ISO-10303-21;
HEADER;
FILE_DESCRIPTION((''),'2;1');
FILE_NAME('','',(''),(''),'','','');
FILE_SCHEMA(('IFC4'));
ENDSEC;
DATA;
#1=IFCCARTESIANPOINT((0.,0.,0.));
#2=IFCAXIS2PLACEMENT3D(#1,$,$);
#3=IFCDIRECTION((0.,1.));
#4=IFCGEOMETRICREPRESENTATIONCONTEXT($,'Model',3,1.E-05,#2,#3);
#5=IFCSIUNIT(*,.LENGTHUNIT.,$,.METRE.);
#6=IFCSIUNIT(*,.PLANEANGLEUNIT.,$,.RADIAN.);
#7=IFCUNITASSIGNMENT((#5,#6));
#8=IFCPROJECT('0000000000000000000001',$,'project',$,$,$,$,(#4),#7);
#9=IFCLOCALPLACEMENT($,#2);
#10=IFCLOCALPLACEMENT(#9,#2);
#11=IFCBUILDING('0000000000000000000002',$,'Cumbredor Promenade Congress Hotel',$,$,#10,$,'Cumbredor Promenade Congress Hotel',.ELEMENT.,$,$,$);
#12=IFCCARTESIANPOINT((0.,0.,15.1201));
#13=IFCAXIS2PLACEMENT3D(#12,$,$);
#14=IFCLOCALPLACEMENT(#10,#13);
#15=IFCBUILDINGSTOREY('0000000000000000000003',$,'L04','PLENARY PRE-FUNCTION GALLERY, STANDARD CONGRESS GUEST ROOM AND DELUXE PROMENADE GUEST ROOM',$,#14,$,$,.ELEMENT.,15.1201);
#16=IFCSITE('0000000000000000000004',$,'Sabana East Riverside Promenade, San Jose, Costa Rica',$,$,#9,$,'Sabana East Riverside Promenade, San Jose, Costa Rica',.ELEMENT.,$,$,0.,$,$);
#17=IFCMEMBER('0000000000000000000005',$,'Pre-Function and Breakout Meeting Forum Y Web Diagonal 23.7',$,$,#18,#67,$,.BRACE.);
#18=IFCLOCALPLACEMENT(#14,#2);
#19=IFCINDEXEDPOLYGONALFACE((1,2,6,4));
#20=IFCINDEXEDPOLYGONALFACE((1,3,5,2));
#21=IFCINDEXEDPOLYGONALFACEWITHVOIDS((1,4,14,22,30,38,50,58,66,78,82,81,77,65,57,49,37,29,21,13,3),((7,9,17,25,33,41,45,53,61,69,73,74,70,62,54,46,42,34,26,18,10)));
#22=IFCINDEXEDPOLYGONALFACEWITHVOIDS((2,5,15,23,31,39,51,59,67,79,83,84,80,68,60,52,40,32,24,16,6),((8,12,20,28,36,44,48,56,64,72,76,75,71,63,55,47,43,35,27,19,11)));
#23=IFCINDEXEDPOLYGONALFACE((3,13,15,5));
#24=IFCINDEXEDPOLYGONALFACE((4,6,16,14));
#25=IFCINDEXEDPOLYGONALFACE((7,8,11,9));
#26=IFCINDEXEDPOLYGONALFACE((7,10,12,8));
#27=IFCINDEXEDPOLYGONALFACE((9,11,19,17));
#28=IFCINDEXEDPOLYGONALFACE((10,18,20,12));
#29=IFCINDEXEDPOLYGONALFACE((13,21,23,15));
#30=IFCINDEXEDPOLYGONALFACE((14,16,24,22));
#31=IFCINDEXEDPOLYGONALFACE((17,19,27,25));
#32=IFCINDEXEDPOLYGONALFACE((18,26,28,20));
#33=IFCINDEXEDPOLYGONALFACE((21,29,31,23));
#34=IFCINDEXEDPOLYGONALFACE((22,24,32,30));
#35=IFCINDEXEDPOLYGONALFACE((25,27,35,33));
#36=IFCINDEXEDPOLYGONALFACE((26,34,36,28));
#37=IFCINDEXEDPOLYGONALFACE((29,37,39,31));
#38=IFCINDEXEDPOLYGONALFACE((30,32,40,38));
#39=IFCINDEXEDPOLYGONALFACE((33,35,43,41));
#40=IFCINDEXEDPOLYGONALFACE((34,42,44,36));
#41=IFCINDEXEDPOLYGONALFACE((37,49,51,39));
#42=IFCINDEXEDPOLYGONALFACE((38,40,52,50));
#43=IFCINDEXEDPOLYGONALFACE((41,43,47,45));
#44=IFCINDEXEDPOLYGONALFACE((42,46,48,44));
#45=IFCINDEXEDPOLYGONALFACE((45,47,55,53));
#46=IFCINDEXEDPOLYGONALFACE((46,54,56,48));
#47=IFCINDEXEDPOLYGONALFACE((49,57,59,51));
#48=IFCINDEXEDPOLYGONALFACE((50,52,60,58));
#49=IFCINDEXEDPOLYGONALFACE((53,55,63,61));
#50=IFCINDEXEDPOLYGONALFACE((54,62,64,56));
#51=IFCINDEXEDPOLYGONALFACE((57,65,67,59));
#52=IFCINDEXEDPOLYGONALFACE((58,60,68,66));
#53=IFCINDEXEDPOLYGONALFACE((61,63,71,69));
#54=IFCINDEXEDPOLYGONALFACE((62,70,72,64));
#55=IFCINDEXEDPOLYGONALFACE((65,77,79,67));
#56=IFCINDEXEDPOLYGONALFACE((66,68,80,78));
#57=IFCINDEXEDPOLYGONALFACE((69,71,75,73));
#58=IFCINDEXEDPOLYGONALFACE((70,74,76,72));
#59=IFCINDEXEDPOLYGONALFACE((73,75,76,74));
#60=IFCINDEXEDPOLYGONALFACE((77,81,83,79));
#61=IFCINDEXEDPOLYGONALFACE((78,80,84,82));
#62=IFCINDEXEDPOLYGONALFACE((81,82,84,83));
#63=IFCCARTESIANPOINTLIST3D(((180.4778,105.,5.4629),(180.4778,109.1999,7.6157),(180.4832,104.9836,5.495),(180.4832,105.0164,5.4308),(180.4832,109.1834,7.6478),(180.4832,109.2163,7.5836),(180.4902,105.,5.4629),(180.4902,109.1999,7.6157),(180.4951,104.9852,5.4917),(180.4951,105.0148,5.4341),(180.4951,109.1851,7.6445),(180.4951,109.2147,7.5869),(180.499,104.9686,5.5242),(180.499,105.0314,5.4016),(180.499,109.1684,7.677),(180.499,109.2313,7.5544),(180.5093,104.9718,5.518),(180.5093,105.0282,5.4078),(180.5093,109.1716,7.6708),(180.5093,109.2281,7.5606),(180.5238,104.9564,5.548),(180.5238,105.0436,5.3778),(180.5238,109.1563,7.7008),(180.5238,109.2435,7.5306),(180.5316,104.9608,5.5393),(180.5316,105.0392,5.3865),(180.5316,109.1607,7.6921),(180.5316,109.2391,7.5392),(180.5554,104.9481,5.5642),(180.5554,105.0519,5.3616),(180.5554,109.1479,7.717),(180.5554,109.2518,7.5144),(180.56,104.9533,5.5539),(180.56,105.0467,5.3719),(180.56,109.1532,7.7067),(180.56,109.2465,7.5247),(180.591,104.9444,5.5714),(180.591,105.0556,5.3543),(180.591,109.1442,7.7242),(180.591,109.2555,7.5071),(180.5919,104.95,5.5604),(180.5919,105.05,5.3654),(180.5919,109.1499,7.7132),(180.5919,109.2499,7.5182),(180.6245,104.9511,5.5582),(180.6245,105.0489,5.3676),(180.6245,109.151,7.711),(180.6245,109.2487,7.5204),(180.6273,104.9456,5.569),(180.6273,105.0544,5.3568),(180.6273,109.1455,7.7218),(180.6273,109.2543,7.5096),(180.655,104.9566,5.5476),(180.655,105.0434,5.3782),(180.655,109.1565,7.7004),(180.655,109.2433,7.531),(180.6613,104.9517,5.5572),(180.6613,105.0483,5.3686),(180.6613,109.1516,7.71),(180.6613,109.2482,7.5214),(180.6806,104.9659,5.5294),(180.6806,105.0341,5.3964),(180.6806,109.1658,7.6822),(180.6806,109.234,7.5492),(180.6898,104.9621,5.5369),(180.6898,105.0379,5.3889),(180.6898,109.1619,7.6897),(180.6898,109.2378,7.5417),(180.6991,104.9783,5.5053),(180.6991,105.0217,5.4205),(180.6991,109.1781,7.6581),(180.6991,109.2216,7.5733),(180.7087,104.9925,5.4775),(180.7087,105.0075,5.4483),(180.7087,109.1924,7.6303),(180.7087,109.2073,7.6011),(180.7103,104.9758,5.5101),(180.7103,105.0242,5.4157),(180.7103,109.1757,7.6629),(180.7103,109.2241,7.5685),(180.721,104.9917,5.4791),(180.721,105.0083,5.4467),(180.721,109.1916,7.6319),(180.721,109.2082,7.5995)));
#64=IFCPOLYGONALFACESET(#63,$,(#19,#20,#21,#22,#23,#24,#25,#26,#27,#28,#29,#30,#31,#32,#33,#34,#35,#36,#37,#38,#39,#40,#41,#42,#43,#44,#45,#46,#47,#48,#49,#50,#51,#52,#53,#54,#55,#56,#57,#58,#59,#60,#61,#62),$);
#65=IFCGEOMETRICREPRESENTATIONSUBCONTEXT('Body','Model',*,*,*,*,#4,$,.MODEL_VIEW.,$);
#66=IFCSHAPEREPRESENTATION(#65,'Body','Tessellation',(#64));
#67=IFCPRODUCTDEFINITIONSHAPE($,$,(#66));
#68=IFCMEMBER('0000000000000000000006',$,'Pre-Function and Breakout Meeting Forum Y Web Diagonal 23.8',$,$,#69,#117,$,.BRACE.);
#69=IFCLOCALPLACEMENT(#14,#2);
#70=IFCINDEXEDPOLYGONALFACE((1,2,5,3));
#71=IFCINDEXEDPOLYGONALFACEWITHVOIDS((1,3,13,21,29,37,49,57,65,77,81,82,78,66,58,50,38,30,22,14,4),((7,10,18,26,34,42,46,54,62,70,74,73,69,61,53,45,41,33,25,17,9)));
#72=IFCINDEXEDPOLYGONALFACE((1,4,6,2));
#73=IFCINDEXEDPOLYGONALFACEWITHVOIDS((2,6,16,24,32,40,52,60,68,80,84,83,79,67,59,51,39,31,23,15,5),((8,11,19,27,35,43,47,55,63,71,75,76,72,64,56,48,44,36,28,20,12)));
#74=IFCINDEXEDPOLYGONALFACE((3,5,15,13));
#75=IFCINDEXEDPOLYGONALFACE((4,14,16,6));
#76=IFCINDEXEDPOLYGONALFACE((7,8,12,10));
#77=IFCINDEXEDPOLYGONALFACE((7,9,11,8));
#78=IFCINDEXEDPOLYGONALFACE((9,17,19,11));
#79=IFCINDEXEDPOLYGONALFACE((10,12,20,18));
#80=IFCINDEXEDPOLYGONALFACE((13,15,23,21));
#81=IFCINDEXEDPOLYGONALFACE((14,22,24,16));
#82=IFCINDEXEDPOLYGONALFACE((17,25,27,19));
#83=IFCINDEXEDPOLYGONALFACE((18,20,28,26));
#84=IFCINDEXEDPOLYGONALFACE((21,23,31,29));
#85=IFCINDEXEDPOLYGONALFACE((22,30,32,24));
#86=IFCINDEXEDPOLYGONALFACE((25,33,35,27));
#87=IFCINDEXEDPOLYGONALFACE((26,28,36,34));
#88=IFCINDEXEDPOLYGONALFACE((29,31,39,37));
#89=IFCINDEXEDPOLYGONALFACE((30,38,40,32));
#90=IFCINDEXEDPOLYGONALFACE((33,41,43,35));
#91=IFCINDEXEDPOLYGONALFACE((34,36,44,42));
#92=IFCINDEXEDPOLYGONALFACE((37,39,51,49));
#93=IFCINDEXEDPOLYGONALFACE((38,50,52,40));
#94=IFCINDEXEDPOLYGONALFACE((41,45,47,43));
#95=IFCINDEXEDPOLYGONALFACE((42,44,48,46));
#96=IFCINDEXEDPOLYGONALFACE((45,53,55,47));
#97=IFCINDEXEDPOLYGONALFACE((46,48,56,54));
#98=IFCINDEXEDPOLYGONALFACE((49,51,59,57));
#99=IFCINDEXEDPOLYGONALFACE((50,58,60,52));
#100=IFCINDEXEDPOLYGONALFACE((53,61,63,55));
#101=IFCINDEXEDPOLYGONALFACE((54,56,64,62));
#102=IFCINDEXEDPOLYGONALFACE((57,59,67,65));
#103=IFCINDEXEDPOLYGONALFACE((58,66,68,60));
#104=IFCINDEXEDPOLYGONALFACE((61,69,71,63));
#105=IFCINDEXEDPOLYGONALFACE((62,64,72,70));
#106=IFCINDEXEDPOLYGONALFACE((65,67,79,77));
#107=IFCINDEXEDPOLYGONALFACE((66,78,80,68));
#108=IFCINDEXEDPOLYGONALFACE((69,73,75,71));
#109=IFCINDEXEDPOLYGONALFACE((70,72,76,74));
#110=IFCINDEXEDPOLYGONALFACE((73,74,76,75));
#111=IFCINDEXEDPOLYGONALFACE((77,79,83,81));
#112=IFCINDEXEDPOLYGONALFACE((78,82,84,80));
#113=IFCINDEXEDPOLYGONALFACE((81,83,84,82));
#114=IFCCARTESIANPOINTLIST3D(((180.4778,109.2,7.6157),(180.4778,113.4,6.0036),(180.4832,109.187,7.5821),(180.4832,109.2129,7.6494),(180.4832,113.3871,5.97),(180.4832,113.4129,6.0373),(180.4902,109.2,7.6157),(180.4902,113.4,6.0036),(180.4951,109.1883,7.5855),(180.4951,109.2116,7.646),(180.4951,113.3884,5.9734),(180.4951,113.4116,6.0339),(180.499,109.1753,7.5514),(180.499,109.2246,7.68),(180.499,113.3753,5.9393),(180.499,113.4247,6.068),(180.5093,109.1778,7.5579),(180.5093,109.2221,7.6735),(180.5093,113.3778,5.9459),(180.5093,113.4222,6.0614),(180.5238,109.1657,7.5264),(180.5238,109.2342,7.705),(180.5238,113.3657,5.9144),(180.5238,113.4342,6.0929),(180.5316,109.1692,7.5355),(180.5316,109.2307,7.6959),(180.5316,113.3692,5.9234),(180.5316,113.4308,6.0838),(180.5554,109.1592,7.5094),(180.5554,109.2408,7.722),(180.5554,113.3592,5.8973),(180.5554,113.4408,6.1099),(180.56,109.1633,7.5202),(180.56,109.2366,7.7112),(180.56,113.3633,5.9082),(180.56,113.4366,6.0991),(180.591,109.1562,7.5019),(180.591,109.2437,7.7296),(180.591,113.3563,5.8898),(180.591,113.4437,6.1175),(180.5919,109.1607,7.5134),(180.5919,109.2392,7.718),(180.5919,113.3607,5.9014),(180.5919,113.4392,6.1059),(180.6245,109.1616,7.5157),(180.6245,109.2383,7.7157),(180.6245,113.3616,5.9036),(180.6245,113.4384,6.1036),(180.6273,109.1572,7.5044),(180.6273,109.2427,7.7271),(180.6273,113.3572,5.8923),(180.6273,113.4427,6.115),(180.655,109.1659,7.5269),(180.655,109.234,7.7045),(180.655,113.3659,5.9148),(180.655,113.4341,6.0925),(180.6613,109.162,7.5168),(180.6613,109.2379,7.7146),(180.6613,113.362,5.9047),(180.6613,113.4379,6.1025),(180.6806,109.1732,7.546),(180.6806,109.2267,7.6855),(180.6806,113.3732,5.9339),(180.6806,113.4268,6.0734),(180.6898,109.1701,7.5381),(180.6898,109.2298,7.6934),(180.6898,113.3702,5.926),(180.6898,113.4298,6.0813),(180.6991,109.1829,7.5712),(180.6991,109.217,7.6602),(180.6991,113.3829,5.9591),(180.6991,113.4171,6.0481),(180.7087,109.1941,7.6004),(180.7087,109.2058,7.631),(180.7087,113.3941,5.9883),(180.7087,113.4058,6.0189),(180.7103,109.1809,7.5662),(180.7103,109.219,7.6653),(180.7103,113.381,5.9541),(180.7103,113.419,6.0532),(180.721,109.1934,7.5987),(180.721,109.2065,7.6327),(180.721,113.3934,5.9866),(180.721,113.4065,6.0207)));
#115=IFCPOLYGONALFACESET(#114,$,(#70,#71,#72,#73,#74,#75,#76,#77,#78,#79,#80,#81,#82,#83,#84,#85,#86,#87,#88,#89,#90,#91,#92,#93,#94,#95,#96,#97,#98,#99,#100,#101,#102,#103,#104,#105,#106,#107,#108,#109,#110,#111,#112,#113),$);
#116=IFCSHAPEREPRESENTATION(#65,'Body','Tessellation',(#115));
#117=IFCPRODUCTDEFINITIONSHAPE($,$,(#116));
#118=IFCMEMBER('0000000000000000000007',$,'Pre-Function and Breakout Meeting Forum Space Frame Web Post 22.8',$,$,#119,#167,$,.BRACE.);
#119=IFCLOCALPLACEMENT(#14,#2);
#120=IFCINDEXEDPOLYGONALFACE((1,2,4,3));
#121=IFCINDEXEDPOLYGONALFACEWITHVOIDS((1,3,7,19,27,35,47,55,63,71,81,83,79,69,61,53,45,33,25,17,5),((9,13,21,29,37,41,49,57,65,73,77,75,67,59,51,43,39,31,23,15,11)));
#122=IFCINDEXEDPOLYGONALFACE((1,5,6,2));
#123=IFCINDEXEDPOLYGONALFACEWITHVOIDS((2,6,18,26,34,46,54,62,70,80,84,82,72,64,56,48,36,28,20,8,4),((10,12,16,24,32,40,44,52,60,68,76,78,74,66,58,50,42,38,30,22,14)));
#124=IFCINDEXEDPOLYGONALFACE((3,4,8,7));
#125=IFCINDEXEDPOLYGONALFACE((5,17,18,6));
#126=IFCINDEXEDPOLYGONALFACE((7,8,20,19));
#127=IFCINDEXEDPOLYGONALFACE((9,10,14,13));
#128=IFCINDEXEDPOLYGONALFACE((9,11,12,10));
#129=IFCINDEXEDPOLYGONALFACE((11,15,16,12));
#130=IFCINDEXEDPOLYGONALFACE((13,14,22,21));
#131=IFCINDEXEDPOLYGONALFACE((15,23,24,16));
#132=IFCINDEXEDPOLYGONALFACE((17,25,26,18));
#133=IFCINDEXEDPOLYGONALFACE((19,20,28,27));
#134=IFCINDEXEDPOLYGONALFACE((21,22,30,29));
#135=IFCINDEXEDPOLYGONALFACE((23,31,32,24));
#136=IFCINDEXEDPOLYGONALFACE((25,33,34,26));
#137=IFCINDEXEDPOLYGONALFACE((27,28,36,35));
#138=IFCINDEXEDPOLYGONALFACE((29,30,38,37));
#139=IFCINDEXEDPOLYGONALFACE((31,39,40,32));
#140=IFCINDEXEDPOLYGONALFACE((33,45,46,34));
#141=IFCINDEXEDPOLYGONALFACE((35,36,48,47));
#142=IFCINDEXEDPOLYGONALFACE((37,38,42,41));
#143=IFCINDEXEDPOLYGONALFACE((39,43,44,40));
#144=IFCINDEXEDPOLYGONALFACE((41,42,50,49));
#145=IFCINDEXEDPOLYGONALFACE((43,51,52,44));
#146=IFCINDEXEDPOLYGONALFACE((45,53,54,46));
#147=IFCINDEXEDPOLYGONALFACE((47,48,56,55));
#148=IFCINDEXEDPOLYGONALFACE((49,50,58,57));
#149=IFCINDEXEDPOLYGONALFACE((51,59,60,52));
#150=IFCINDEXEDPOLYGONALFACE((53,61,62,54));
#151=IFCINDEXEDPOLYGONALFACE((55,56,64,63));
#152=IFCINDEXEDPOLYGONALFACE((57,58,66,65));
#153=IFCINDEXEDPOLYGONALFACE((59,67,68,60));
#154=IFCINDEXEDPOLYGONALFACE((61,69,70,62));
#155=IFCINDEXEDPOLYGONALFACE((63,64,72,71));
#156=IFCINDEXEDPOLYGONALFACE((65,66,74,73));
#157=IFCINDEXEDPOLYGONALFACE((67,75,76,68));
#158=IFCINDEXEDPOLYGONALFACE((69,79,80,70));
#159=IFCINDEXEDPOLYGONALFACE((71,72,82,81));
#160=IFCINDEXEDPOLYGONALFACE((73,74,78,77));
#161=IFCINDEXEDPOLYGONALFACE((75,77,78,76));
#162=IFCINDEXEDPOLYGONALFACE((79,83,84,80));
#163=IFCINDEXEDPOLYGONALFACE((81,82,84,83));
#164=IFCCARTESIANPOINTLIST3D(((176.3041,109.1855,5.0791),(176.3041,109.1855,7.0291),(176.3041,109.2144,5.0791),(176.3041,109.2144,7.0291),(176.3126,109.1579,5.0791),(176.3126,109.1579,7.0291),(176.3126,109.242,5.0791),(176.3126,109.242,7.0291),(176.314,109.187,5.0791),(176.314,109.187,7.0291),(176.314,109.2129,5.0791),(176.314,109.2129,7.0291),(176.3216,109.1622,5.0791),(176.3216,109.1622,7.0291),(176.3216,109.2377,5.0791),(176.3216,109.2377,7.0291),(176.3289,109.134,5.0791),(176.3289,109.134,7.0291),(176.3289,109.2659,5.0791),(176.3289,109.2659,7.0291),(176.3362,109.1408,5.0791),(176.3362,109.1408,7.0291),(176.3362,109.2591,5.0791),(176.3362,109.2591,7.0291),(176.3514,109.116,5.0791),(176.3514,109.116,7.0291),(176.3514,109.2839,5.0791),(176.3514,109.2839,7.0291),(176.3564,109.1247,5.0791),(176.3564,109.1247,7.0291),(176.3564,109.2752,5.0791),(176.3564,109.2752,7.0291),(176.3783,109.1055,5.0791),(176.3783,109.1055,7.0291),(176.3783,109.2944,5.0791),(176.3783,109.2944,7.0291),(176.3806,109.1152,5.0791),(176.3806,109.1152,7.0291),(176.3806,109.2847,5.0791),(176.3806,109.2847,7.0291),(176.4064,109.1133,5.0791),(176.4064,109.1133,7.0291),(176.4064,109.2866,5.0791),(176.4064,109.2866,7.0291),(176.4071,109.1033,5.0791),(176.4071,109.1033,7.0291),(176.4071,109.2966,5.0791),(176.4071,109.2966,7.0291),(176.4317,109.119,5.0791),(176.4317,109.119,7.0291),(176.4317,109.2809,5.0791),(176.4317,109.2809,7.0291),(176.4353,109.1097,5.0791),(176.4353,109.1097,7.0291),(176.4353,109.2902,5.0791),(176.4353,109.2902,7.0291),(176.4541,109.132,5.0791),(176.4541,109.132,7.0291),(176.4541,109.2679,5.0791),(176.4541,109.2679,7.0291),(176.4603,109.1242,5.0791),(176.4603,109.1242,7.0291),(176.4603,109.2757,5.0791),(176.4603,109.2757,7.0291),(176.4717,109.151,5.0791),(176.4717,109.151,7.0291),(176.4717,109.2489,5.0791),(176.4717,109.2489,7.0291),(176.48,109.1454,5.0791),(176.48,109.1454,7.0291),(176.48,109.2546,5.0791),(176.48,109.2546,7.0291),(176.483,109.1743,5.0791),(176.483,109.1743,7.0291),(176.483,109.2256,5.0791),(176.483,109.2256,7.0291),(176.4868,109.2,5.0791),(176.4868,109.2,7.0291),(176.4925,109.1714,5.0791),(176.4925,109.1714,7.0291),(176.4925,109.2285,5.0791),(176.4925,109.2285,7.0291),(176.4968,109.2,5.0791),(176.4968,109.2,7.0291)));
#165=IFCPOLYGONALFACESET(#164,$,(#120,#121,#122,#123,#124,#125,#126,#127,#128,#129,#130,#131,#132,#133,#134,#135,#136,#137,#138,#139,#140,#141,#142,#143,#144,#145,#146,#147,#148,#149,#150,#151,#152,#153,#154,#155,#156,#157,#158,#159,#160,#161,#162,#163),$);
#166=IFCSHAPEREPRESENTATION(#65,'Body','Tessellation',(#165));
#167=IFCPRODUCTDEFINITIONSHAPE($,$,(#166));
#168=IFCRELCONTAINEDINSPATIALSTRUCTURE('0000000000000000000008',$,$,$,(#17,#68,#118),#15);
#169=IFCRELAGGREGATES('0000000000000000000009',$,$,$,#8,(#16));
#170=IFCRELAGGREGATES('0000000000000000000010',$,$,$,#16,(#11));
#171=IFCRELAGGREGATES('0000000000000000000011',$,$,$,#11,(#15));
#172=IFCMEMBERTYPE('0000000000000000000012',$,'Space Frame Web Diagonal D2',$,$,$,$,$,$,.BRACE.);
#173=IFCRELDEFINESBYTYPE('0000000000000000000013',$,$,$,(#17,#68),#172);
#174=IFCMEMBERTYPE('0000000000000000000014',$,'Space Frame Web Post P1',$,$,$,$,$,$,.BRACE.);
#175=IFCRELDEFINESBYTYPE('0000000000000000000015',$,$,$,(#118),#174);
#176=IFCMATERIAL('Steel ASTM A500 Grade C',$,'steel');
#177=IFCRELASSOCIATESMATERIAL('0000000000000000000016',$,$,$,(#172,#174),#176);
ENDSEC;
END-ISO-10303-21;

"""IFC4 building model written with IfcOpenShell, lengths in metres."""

from ifc_helpers import new_model, si_unit, direction, frame, origin, origin_2d, place, context, subcontext, project, spatial, hollow_circle, extrude, material, material_profile, profile_set, type_object, element, save


model = new_model("IFC4")

# Units and contexts
model_context = context("Model", 3, precision=1e-05, world=origin(), true_north=direction((0.0, 1.0)))
body_context = subcontext(model_context, "Body", "Model", "MODEL_VIEW")
ifc_project = project(units=[si_unit("LENGTHUNIT", "METRE"), si_unit("PLANEANGLEUNIT", "RADIAN")], contexts=[model_context])

# Site, building, storey
site_placement = place(None, origin())
site = spatial("IfcSite", under=ifc_project, at=site_placement, Name="Sabana East Riverside Promenade, San Jose, Costa Rica", LongName="Sabana East Riverside Promenade, San Jose, Costa Rica", CompositionType="ELEMENT", RefElevation=0.0)
building_placement = place(site_placement, origin())
building = spatial("IfcBuilding", under=site, at=building_placement, Name="Cumbredor Promenade Congress Hotel", LongName="Cumbredor Promenade Congress Hotel", CompositionType="ELEMENT")
storey_placement = place(building_placement, frame((0.0, 0.0, 15.1201)))
storey = spatial("IfcBuildingStorey", under=building, at=storey_placement, Name="L04", Description="PLENARY PRE-FUNCTION GALLERY, STANDARD CONGRESS GUEST ROOM AND DELUXE PROMENADE GUEST ROOM", CompositionType="ELEMENT", Elevation=15.1201)

# Members
ifc_material_1 = material(Name="Steel ASTM A500 Grade C", Category="steel")
ifc_material_profile_1 = material_profile(ifc_material_1, hollow_circle(Radius=0.1223, WallThickness=0.0125, at=origin_2d()), Name="CHS 244.5x12.5")
ifc_profile_set_1 = profile_set([ifc_material_profile_1], Name="Steel ASTM A500 Grade C")
member_type_1 = type_object("IfcMemberType", Name="Space Frame Web Diagonal D2", PredefinedType="BRACE", material=ifc_profile_set_1)
member_1_placement = place(storey_placement, frame((180.6001, 105.0, 5.4629), z_axis=(0.0, 0.889903, 0.456151), x_axis=(-1.0, 0.0, 0.0)))
element("IfcMember", 1, at=member_1_placement, inside=storey, type_object=member_type_1, Name="Pre-Function and Breakout Meeting Forum Y Web Diagonal 23.7", PredefinedType="BRACE", context=body_context, shape_type="SweptSolid", body=[
    extrude(hollow_circle(Radius=0.1223, WallThickness=0.0125, at=origin_2d()), origin(), (0.0, 0.0, 1.0), 4.7195),
])
member_2_placement = place(storey_placement, frame((180.6001, 109.2, 7.6157), z_axis=(0.0, 0.933592, -0.358339), x_axis=(-1.0, 0.0, 0.0)))
element("IfcMember", 2, at=member_2_placement, inside=storey, type_object=member_type_1, Name="Pre-Function and Breakout Meeting Forum Y Web Diagonal 23.8", PredefinedType="BRACE", context=body_context, shape_type="SweptSolid", body=[
    extrude(hollow_circle(Radius=0.1223, WallThickness=0.0125, at=origin_2d()), origin(), (0.0, 0.0, 1.0), 4.4988),
])
ifc_material_profile_2 = material_profile(ifc_material_1, hollow_circle(Radius=0.0969, WallThickness=0.01, at=origin_2d()), Name="CHS 193.7x10")
ifc_profile_set_2 = profile_set([ifc_material_profile_2], Name="Steel ASTM A500 Grade C")
member_type_2 = type_object("IfcMemberType", Name="Space Frame Web Post P1", PredefinedType="BRACE", material=ifc_profile_set_2)
for number, where, z_axis, x_axis, name in (
    (3, (176.3999, 109.2, 5.0791), (0.0, 0.0, 1.0), (1.0, 0.0, 0.0), "Pre-Function and Breakout Meeting Forum Space Frame Web Post 22.8"),
):
    element("IfcMember", number, at=place(storey_placement, frame(where, z_axis=z_axis, x_axis=x_axis)), inside=storey, type_object=member_type_2, Name=name, PredefinedType="BRACE", context=body_context, shape_type="SweptSolid", body=[
        extrude(hollow_circle(Radius=0.0969, WallThickness=0.01, at=origin_2d()), origin(), (0.0, 0.0, 1.0), 1.95),
    ])

save(model, "model.ifc")
